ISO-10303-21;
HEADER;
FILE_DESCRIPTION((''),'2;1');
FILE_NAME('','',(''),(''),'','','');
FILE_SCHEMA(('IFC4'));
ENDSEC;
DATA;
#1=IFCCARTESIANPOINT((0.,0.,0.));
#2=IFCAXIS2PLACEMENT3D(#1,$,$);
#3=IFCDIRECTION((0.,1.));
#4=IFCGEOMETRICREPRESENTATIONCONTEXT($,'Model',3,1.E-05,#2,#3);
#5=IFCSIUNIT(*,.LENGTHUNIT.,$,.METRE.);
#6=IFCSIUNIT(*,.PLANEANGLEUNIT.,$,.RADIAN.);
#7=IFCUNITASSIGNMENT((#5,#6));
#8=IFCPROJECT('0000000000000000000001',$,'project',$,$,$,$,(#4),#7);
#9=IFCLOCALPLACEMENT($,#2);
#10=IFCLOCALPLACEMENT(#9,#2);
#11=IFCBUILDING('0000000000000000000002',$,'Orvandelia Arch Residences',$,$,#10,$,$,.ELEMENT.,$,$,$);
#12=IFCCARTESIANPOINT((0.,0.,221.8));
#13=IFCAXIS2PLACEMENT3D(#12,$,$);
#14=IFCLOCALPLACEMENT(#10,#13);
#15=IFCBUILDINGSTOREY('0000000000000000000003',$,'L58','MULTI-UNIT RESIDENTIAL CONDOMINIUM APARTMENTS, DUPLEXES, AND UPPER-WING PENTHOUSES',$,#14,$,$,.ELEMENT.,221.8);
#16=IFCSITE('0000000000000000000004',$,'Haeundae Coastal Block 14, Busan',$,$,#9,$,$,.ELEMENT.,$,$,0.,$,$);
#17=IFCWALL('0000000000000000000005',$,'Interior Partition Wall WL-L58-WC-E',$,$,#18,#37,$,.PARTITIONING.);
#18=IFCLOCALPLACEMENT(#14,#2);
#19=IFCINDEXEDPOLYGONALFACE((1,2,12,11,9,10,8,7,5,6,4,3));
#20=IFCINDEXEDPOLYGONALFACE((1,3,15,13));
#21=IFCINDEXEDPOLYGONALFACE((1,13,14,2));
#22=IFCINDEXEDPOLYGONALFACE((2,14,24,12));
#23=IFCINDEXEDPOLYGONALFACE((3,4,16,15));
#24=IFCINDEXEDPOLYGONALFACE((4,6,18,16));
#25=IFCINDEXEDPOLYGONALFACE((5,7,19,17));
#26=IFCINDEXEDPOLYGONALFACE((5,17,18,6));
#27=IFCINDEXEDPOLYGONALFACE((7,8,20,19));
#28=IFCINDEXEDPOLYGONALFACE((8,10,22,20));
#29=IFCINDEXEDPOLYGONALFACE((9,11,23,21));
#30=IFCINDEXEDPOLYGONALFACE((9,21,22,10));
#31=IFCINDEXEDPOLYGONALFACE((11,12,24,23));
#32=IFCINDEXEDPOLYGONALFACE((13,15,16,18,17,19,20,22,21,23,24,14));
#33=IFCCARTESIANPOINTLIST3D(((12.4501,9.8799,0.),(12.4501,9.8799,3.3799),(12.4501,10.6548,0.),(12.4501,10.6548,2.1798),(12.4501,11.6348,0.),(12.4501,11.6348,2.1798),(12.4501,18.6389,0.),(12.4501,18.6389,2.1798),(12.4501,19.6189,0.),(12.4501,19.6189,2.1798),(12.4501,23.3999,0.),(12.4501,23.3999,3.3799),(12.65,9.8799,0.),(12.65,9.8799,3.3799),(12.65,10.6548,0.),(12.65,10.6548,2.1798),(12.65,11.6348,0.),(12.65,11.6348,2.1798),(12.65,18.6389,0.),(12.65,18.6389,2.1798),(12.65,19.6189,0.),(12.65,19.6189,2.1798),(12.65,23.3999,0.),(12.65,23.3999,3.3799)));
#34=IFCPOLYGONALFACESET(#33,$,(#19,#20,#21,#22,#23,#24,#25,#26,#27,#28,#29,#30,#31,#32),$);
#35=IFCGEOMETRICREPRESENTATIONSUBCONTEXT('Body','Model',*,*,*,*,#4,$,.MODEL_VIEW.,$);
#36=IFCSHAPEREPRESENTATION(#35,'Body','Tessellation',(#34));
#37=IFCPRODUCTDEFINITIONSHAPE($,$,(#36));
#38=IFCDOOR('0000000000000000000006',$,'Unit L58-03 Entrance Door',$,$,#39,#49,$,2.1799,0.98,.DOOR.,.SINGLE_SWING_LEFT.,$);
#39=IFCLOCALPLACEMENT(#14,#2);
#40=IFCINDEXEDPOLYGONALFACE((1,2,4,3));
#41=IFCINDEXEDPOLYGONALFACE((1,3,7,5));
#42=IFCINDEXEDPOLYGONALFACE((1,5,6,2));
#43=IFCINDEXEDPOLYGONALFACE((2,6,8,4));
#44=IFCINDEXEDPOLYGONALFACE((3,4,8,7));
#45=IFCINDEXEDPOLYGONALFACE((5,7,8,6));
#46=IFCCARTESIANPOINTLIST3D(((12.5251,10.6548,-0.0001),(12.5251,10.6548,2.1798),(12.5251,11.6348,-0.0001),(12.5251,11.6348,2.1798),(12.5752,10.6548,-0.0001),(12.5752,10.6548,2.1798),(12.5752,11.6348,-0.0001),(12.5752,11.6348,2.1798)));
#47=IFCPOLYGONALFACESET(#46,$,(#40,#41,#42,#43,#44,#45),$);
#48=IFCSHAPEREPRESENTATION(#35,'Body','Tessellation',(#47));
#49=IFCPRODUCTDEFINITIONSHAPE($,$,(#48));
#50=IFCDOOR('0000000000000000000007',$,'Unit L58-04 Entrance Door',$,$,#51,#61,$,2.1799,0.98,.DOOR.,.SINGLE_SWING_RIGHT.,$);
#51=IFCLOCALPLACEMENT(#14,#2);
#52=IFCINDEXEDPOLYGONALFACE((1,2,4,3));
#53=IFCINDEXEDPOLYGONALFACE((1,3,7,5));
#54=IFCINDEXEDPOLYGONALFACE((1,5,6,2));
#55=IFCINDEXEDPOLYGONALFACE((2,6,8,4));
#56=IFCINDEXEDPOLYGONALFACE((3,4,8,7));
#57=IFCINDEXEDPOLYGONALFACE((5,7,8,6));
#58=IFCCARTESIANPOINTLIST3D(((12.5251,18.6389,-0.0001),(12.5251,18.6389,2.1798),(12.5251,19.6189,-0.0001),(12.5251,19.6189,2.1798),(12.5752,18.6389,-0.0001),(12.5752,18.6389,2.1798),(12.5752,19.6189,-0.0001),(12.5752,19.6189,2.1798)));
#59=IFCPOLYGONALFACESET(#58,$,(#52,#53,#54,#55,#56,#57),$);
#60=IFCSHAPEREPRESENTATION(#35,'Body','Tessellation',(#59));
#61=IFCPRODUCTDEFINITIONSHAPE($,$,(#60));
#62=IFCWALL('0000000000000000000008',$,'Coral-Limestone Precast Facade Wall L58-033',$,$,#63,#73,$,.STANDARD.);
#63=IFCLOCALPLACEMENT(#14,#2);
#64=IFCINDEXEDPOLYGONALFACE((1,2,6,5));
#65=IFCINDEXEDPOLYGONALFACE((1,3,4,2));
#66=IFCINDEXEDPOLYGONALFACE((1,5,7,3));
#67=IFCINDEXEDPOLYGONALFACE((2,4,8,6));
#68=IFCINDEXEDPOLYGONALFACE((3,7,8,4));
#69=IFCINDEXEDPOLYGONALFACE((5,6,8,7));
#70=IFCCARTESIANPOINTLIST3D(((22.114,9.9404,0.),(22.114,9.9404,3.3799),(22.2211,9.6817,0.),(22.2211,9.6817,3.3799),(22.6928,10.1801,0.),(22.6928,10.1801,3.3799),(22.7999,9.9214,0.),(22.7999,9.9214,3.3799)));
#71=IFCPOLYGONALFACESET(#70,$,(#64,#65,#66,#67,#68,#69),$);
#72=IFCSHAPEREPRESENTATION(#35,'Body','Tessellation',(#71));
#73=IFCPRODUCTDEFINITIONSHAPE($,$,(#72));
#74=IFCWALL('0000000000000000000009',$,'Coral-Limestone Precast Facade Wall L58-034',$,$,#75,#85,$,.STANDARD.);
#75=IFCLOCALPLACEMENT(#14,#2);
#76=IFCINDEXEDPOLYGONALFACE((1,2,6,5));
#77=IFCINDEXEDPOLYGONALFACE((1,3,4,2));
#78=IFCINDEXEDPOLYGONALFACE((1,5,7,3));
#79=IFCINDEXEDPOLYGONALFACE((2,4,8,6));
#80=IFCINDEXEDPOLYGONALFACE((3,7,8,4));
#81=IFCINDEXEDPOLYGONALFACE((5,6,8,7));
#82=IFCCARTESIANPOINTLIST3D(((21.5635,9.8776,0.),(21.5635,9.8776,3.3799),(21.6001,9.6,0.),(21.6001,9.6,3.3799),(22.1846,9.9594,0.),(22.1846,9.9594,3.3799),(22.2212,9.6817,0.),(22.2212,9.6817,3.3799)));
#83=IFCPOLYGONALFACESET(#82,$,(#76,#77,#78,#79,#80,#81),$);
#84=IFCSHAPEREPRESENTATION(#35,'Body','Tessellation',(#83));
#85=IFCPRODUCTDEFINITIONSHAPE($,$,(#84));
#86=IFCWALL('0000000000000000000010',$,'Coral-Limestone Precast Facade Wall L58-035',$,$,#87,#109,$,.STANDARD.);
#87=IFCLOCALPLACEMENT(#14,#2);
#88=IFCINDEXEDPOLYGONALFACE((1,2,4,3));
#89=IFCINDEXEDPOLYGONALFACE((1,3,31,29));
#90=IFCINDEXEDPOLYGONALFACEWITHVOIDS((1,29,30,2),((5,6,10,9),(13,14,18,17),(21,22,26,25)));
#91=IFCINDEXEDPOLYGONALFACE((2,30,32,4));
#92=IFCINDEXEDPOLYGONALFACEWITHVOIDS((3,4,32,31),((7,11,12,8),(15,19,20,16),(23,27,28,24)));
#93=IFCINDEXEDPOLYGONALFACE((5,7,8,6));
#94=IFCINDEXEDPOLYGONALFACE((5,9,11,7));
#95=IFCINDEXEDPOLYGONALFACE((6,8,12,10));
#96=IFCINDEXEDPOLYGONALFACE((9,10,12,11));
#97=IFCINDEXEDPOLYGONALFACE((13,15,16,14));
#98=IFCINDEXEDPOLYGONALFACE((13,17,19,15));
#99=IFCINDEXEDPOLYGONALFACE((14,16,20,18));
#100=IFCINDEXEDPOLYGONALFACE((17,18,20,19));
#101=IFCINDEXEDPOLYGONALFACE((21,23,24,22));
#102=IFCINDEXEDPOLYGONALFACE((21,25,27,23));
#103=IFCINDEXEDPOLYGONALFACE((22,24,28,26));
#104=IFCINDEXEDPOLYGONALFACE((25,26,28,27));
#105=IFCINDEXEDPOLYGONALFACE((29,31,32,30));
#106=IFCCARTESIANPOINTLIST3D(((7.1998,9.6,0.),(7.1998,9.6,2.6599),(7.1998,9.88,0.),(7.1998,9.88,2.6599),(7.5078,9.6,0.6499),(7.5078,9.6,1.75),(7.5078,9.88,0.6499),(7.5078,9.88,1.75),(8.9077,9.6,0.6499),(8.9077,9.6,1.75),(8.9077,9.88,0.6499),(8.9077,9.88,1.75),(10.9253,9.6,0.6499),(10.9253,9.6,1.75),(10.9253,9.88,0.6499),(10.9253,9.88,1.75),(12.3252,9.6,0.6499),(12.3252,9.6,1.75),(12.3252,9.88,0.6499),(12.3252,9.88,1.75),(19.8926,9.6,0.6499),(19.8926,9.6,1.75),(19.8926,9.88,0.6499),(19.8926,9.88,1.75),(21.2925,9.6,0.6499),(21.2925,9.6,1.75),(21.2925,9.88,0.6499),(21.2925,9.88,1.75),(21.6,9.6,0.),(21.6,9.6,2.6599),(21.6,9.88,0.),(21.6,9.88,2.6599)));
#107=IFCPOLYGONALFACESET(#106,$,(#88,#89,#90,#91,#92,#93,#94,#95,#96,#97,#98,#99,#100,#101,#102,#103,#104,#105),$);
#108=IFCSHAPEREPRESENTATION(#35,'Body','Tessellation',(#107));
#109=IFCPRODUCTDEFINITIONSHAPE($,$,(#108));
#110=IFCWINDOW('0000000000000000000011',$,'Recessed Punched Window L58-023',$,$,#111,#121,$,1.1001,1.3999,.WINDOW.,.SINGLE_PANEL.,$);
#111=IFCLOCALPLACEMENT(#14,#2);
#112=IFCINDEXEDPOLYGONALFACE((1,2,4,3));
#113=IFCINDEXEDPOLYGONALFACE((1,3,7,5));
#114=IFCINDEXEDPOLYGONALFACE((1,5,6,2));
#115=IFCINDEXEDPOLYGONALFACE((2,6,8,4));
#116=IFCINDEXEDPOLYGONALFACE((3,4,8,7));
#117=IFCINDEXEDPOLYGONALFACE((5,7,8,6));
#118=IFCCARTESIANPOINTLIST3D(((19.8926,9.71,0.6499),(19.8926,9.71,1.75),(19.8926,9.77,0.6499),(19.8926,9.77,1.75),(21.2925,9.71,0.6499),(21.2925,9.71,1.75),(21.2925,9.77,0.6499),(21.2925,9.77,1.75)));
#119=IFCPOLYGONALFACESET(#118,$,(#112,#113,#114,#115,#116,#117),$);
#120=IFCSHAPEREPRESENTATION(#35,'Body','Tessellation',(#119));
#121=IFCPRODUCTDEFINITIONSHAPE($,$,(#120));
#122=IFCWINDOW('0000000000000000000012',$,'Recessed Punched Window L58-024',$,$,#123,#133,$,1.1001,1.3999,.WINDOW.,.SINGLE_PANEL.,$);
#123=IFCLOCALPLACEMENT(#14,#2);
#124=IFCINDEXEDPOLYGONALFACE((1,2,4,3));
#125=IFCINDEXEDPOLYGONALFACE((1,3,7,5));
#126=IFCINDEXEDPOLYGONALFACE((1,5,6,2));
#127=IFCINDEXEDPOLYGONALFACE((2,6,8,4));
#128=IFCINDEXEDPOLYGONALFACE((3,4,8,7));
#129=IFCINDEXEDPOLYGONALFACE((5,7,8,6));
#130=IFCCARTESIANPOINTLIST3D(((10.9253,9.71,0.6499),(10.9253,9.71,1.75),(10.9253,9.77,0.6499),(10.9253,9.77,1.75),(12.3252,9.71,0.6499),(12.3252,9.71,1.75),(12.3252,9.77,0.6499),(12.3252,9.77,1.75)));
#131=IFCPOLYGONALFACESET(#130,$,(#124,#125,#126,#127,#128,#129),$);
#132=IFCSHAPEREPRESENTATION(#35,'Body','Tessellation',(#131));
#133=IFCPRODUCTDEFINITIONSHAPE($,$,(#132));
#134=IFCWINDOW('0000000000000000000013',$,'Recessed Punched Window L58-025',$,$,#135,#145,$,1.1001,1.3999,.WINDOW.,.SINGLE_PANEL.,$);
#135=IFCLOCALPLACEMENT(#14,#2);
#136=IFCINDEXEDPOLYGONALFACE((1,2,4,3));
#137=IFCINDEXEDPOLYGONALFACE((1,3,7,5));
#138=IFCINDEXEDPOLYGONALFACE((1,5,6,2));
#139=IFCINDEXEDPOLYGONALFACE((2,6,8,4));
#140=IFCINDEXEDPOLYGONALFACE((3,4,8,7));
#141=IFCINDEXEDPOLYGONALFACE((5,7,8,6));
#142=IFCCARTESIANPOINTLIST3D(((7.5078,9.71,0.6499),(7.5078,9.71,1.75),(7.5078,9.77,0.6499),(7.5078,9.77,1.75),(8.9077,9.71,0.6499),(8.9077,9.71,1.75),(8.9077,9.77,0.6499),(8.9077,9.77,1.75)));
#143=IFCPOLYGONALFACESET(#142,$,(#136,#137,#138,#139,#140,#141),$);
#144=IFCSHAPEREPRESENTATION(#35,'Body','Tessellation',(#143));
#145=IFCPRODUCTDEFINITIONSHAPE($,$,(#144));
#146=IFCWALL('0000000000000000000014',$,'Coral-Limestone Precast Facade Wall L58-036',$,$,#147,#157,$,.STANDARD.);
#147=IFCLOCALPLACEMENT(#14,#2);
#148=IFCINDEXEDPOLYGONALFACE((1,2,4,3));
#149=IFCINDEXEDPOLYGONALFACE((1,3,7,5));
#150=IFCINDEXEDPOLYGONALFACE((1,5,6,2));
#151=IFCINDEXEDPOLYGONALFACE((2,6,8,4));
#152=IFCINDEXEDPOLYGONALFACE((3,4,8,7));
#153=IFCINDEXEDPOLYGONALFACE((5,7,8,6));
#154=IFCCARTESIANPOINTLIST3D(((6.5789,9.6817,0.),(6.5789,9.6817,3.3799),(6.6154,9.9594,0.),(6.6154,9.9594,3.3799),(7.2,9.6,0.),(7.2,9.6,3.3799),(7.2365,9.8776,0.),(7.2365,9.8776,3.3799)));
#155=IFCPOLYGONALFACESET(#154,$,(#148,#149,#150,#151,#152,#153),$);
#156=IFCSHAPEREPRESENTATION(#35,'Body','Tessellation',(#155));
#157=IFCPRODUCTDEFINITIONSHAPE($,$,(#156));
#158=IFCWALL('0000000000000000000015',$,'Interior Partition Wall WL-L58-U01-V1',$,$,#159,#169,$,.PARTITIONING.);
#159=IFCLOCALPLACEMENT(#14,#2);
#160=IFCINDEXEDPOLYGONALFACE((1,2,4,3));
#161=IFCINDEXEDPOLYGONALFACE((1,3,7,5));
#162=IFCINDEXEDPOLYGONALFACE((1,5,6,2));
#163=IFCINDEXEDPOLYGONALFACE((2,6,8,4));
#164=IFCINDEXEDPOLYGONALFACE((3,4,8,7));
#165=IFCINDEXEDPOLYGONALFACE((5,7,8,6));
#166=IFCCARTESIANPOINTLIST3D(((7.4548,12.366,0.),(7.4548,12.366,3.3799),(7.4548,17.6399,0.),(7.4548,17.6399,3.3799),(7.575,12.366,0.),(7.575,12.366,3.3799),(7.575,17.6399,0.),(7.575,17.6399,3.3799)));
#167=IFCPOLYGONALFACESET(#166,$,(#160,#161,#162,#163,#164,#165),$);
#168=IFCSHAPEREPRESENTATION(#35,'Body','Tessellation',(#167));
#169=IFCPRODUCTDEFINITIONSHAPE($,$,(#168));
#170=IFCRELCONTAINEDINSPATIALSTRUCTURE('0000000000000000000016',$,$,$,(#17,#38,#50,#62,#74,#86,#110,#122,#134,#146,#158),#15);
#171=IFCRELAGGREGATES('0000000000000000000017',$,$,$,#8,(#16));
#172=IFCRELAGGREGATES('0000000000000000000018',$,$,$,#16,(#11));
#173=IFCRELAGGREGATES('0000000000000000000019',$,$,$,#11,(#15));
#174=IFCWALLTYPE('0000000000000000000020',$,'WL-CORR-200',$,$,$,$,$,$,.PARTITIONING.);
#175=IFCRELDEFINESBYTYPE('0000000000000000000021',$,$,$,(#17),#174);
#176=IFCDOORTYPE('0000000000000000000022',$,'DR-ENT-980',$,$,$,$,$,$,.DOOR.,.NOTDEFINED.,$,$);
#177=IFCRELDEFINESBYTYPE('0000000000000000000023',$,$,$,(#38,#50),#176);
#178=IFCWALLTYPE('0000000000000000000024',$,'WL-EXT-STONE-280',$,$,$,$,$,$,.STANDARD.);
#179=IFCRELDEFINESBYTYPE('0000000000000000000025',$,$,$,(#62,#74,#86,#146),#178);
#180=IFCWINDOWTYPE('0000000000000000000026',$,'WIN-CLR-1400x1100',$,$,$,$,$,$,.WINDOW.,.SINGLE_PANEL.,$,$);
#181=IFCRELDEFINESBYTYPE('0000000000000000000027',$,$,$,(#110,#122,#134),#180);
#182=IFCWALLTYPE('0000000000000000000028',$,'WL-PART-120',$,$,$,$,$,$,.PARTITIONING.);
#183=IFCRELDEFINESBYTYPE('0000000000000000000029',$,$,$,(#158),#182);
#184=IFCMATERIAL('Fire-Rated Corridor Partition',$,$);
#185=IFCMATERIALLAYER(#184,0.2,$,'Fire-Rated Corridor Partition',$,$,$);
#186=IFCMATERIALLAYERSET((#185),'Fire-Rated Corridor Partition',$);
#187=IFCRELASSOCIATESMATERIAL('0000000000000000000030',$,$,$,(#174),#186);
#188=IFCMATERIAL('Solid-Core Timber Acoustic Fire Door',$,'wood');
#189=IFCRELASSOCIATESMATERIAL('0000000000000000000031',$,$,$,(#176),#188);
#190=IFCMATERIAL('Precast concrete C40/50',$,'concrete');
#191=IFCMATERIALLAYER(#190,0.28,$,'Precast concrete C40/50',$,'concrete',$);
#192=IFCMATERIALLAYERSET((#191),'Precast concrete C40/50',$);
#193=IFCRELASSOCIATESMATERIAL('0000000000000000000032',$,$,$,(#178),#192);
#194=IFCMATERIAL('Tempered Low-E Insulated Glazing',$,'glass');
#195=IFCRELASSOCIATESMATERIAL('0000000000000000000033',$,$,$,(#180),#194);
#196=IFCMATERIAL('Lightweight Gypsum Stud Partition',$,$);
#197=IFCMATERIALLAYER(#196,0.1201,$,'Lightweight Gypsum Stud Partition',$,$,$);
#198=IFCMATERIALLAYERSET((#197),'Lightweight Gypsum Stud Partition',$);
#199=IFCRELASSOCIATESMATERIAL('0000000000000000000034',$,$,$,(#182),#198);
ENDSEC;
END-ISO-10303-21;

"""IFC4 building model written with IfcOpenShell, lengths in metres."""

from ifc_helpers import new_model, si_unit, direction, frame, frame_2d, origin, place, context, subcontext, project, spatial, rectangle, extrude, material, layer, layer_set, type_object, element, fill, save


model = new_model("IFC4")

# Units and contexts
model_context = context("Model", 3, precision=1e-05, world=origin(), true_north=direction((0.0, 1.0)))
body_context = subcontext(model_context, "Body", "Model", "MODEL_VIEW")
ifc_project = project(units=[si_unit("LENGTHUNIT", "METRE"), si_unit("PLANEANGLEUNIT", "RADIAN")], contexts=[model_context])

# Site, building, storey
site_placement = place(None, origin())
site = spatial("IfcSite", under=ifc_project, at=site_placement, Name="Haeundae Coastal Block 14, Busan", CompositionType="ELEMENT", RefElevation=0.0)
building_placement = place(site_placement, origin())
building = spatial("IfcBuilding", under=site, at=building_placement, Name="Orvandelia Arch Residences", CompositionType="ELEMENT")
storey_placement = place(building_placement, frame((0.0, 0.0, 221.8)))
storey = spatial("IfcBuildingStorey", under=building, at=storey_placement, Name="L58", Description="MULTI-UNIT RESIDENTIAL CONDOMINIUM APARTMENTS, DUPLEXES, AND UPPER-WING PENTHOUSES", CompositionType="ELEMENT", Elevation=221.8)

# Wall, openings, doors
ifc_material_1 = material(Name="Fire-Rated Corridor Partition")
ifc_layer_1 = layer(ifc_material_1, 0.2, Name="Fire-Rated Corridor Partition")
ifc_layer_set_1 = layer_set([ifc_layer_1], Name="Fire-Rated Corridor Partition")
wall_type_1 = type_object("IfcWallType", Name="WL-CORR-200", PredefinedType="PARTITIONING", material=ifc_layer_set_1)
ifc_material_2 = material(Name="Solid-Core Timber Acoustic Fire Door", Category="wood")
door_type_1 = type_object("IfcDoorType", Name="DR-ENT-980", OperationType="NOTDEFINED", PredefinedType="DOOR", material=ifc_material_2)
wall_1_placement = place(storey_placement, frame((12.55, 9.8799, 0.0), z_axis=(0.0, 0.0, 1.0), x_axis=(0.0, 1.0, 0.0)))
wall_1 = element("IfcWall", 1, at=wall_1_placement, inside=storey, type_object=wall_type_1, Name="Interior Partition Wall WL-L58-WC-E", PredefinedType="PARTITIONING", context=body_context, shape_type="SweptSolid", body=[
    extrude(rectangle(XDim=13.52, YDim=0.2, at=frame_2d((6.76, 0.0))), origin(), (0.0, 0.0, 1.0), 3.3799),
])
opening_1_placement = place(wall_1_placement, frame((0.7749, 0.0, 0.0)))
opening_1 = element("IfcOpeningElement", 2, at=opening_1_placement, cuts=wall_1, PredefinedType="OPENING", context=body_context, shape_type="SweptSolid", body=[
    extrude(rectangle(XDim=0.98, YDim=2.1799, at=frame_2d((0.49, 1.0898))), frame((0.0, 0.1099, 0.0), z_axis=(0.0, -1.0, 0.0), x_axis=(1.0, 0.0, 0.0)), (0.0, 0.0, 1.0), 0.22),
])
opening_2_placement = place(wall_1_placement, frame((8.759, 0.0, 0.0)))
opening_2 = element("IfcOpeningElement", 3, at=opening_2_placement, cuts=wall_1, PredefinedType="OPENING", context=body_context, shape_type="SweptSolid", body=[
    extrude(rectangle(XDim=0.98, YDim=2.1799, at=frame_2d((0.49, 1.0898))), frame((0.0, 0.1099, 0.0), z_axis=(0.0, -1.0, 0.0), x_axis=(1.0, 0.0, 0.0)), (0.0, 0.0, 1.0), 0.22),
])
door_1_placement = place(opening_1_placement, origin())
door_1 = element("IfcDoor", 4, at=door_1_placement, inside=storey, type_object=door_type_1, Name="Unit L58-03 Entrance Door", OperationType="SINGLE_SWING_LEFT", OverallHeight=2.1799, OverallWidth=0.98, PredefinedType="DOOR", context=body_context, shape_type="SweptSolid", body=[
    extrude(rectangle(XDim=0.98, YDim=2.1799, at=frame_2d((0.49, 1.0898))), frame((0.0, 0.0249, 0.0), z_axis=(0.0, -1.0, 0.0), x_axis=(1.0, 0.0, 0.0)), (0.0, 0.0, 1.0), 0.05),
])
fill(opening_1, door_1)
door_2_placement = place(opening_2_placement, origin())
door_2 = element("IfcDoor", 5, at=door_2_placement, inside=storey, type_object=door_type_1, Name="Unit L58-04 Entrance Door", OperationType="SINGLE_SWING_RIGHT", OverallHeight=2.1799, OverallWidth=0.98, PredefinedType="DOOR", context=body_context, shape_type="SweptSolid", body=[
    extrude(rectangle(XDim=0.98, YDim=2.1799, at=frame_2d((0.49, 1.0898))), frame((0.0, 0.0249, 0.0), z_axis=(0.0, -1.0, 0.0), x_axis=(1.0, 0.0, 0.0)), (0.0, 0.0, 1.0), 0.05),
])
fill(opening_2, door_2)

# Walls
ifc_material_3 = material(Name="Precast concrete C40/50", Category="concrete")
ifc_layer_2 = layer(ifc_material_3, 0.28, Name="Precast concrete C40/50", Category="concrete")
ifc_layer_set_2 = layer_set([ifc_layer_2], Name="Precast concrete C40/50")
wall_type_2 = type_object("IfcWallType", Name="WL-EXT-STONE-280", PredefinedType="STANDARD", material=ifc_layer_set_2)
for number, where, z_axis, x_axis, name in (
    (6, (22.7463, 10.0508, 0.0), (0.0, 0.0, 1.0), (-0.923893, -0.38265, 0.0), "Coral-Limestone Precast Facade Wall L58-033"),
    (7, (22.2029, 9.8206, 0.0), (0.0, 0.0, 1.0), (-0.991441, -0.130555, 0.0), "Coral-Limestone Precast Facade Wall L58-034"),
):
    element("IfcWall", number, at=place(storey_placement, frame(where, z_axis=z_axis, x_axis=x_axis)), inside=storey, type_object=wall_type_2, Name=name, PredefinedType="STANDARD", context=body_context, shape_type="SweptSolid", body=[
        extrude(rectangle(XDim=0.6265, YDim=0.28, at=frame_2d((0.3132, 0.0))), origin(), (0.0, 0.0, 1.0), 3.3799),
    ])

# Wall, openings, windows
wall_2_placement = place(storey_placement, frame((21.6001, 9.74, 0.0), z_axis=(0.0, 0.0, 1.0), x_axis=(-1.0, 0.0, 0.0)))
wall_2 = element("IfcWall", 8, at=wall_2_placement, inside=storey, type_object=wall_type_2, Name="Coral-Limestone Precast Facade Wall L58-035", PredefinedType="STANDARD", context=body_context, shape_type="SweptSolid", body=[
    extrude(rectangle(XDim=14.4001, YDim=0.28, at=frame_2d((7.2002, 0.0))), origin(), (0.0, 0.0, 1.0), 2.6599),
])
opening_3_placement = place(wall_2_placement, frame((0.3076, 0.0, 0.6499)))
opening_3 = element("IfcOpeningElement", 9, at=opening_3_placement, cuts=wall_2, PredefinedType="OPENING", context=body_context, shape_type="SweptSolid", body=[
    extrude(rectangle(XDim=1.3999, YDim=1.1001, at=frame_2d((0.7, 0.55))), frame((0.0, 0.1499, 0.0), z_axis=(0.0, -1.0, 0.0), x_axis=(1.0, 0.0, 0.0)), (0.0, 0.0, 1.0), 0.3),
])
opening_4_placement = place(wall_2_placement, frame((9.2749, 0.0, 0.6499)))
opening_4 = element("IfcOpeningElement", 10, at=opening_4_placement, cuts=wall_2, PredefinedType="OPENING", context=body_context, shape_type="SweptSolid", body=[
    extrude(rectangle(XDim=1.3999, YDim=1.1001, at=frame_2d((0.7, 0.55))), frame((0.0, 0.1499, 0.0), z_axis=(0.0, -1.0, 0.0), x_axis=(1.0, 0.0, 0.0)), (0.0, 0.0, 1.0), 0.3),
])
opening_5_placement = place(wall_2_placement, frame((12.6924, 0.0, 0.6499)))
opening_5 = element("IfcOpeningElement", 11, at=opening_5_placement, cuts=wall_2, PredefinedType="OPENING", context=body_context, shape_type="SweptSolid", body=[
    extrude(rectangle(XDim=1.3999, YDim=1.1001, at=frame_2d((0.7, 0.55))), frame((0.0, 0.1499, 0.0), z_axis=(0.0, -1.0, 0.0), x_axis=(1.0, 0.0, 0.0)), (0.0, 0.0, 1.0), 0.3),
])
ifc_material_4 = material(Name="Tempered Low-E Insulated Glazing", Category="glass")
window_type = type_object("IfcWindowType", Name="WIN-CLR-1400x1100", PartitioningType="SINGLE_PANEL", PredefinedType="WINDOW", material=ifc_material_4)
window_1_placement = place(opening_3_placement, origin())
window_1 = element("IfcWindow", 12, at=window_1_placement, inside=storey, type_object=window_type, Name="Recessed Punched Window L58-023", OverallHeight=1.1001, OverallWidth=1.3999, PartitioningType="SINGLE_PANEL", PredefinedType="WINDOW", context=body_context, shape_type="SweptSolid", body=[
    extrude(rectangle(XDim=1.3999, YDim=1.1001, at=frame_2d((0.7, 0.55))), frame((0.0, 0.03, 0.0), z_axis=(0.0, -1.0, 0.0), x_axis=(1.0, 0.0, 0.0)), (0.0, 0.0, 1.0), 0.0601),
])
fill(opening_3, window_1)
window_2_placement = place(opening_4_placement, origin())
window_2 = element("IfcWindow", 13, at=window_2_placement, inside=storey, type_object=window_type, Name="Recessed Punched Window L58-024", OverallHeight=1.1001, OverallWidth=1.3999, PartitioningType="SINGLE_PANEL", PredefinedType="WINDOW", context=body_context, shape_type="SweptSolid", body=[
    extrude(rectangle(XDim=1.3999, YDim=1.1001, at=frame_2d((0.7, 0.55))), frame((0.0, 0.03, 0.0), z_axis=(0.0, -1.0, 0.0), x_axis=(1.0, 0.0, 0.0)), (0.0, 0.0, 1.0), 0.0601),
])
fill(opening_4, window_2)
window_3_placement = place(opening_5_placement, origin())
window_3 = element("IfcWindow", 14, at=window_3_placement, inside=storey, type_object=window_type, Name="Recessed Punched Window L58-025", OverallHeight=1.1001, OverallWidth=1.3999, PartitioningType="SINGLE_PANEL", PredefinedType="WINDOW", context=body_context, shape_type="SweptSolid", body=[
    extrude(rectangle(XDim=1.3999, YDim=1.1001, at=frame_2d((0.7, 0.55))), frame((0.0, 0.03, 0.0), z_axis=(0.0, -1.0, 0.0), x_axis=(1.0, 0.0, 0.0)), (0.0, 0.0, 1.0), 0.0601),
])
fill(opening_5, window_3)

# Walls
wall_3_placement = place(storey_placement, frame((7.2183, 9.7388, 0.0), z_axis=(0.0, 0.0, 1.0), x_axis=(-0.991441, 0.130555, 0.0)))
element("IfcWall", 15, at=wall_3_placement, inside=storey, type_object=wall_type_2, Name="Coral-Limestone Precast Facade Wall L58-036", PredefinedType="STANDARD", context=body_context, shape_type="SweptSolid", body=[
    extrude(rectangle(XDim=0.6265, YDim=0.28, at=frame_2d((0.3132, 0.0))), origin(), (0.0, 0.0, 1.0), 3.3799),
])
ifc_material_5 = material(Name="Lightweight Gypsum Stud Partition")
ifc_layer_3 = layer(ifc_material_5, 0.1201, Name="Lightweight Gypsum Stud Partition")
ifc_layer_set_3 = layer_set([ifc_layer_3], Name="Lightweight Gypsum Stud Partition")
wall_type_3 = type_object("IfcWallType", Name="WL-PART-120", PredefinedType="PARTITIONING", material=ifc_layer_set_3)
wall_4_placement = place(storey_placement, frame((7.5149, 12.366, 0.0), z_axis=(0.0, 0.0, 1.0), x_axis=(0.0, 1.0, 0.0)))
element("IfcWall", 16, at=wall_4_placement, inside=storey, type_object=wall_type_3, Name="Interior Partition Wall WL-L58-U01-V1", PredefinedType="PARTITIONING", context=body_context, shape_type="SweptSolid", body=[
    extrude(rectangle(XDim=5.2739, YDim=0.1201, at=frame_2d((2.637, 0.0))), origin(), (0.0, 0.0, 1.0), 3.3799),
])

save(model, "model.ifc")
